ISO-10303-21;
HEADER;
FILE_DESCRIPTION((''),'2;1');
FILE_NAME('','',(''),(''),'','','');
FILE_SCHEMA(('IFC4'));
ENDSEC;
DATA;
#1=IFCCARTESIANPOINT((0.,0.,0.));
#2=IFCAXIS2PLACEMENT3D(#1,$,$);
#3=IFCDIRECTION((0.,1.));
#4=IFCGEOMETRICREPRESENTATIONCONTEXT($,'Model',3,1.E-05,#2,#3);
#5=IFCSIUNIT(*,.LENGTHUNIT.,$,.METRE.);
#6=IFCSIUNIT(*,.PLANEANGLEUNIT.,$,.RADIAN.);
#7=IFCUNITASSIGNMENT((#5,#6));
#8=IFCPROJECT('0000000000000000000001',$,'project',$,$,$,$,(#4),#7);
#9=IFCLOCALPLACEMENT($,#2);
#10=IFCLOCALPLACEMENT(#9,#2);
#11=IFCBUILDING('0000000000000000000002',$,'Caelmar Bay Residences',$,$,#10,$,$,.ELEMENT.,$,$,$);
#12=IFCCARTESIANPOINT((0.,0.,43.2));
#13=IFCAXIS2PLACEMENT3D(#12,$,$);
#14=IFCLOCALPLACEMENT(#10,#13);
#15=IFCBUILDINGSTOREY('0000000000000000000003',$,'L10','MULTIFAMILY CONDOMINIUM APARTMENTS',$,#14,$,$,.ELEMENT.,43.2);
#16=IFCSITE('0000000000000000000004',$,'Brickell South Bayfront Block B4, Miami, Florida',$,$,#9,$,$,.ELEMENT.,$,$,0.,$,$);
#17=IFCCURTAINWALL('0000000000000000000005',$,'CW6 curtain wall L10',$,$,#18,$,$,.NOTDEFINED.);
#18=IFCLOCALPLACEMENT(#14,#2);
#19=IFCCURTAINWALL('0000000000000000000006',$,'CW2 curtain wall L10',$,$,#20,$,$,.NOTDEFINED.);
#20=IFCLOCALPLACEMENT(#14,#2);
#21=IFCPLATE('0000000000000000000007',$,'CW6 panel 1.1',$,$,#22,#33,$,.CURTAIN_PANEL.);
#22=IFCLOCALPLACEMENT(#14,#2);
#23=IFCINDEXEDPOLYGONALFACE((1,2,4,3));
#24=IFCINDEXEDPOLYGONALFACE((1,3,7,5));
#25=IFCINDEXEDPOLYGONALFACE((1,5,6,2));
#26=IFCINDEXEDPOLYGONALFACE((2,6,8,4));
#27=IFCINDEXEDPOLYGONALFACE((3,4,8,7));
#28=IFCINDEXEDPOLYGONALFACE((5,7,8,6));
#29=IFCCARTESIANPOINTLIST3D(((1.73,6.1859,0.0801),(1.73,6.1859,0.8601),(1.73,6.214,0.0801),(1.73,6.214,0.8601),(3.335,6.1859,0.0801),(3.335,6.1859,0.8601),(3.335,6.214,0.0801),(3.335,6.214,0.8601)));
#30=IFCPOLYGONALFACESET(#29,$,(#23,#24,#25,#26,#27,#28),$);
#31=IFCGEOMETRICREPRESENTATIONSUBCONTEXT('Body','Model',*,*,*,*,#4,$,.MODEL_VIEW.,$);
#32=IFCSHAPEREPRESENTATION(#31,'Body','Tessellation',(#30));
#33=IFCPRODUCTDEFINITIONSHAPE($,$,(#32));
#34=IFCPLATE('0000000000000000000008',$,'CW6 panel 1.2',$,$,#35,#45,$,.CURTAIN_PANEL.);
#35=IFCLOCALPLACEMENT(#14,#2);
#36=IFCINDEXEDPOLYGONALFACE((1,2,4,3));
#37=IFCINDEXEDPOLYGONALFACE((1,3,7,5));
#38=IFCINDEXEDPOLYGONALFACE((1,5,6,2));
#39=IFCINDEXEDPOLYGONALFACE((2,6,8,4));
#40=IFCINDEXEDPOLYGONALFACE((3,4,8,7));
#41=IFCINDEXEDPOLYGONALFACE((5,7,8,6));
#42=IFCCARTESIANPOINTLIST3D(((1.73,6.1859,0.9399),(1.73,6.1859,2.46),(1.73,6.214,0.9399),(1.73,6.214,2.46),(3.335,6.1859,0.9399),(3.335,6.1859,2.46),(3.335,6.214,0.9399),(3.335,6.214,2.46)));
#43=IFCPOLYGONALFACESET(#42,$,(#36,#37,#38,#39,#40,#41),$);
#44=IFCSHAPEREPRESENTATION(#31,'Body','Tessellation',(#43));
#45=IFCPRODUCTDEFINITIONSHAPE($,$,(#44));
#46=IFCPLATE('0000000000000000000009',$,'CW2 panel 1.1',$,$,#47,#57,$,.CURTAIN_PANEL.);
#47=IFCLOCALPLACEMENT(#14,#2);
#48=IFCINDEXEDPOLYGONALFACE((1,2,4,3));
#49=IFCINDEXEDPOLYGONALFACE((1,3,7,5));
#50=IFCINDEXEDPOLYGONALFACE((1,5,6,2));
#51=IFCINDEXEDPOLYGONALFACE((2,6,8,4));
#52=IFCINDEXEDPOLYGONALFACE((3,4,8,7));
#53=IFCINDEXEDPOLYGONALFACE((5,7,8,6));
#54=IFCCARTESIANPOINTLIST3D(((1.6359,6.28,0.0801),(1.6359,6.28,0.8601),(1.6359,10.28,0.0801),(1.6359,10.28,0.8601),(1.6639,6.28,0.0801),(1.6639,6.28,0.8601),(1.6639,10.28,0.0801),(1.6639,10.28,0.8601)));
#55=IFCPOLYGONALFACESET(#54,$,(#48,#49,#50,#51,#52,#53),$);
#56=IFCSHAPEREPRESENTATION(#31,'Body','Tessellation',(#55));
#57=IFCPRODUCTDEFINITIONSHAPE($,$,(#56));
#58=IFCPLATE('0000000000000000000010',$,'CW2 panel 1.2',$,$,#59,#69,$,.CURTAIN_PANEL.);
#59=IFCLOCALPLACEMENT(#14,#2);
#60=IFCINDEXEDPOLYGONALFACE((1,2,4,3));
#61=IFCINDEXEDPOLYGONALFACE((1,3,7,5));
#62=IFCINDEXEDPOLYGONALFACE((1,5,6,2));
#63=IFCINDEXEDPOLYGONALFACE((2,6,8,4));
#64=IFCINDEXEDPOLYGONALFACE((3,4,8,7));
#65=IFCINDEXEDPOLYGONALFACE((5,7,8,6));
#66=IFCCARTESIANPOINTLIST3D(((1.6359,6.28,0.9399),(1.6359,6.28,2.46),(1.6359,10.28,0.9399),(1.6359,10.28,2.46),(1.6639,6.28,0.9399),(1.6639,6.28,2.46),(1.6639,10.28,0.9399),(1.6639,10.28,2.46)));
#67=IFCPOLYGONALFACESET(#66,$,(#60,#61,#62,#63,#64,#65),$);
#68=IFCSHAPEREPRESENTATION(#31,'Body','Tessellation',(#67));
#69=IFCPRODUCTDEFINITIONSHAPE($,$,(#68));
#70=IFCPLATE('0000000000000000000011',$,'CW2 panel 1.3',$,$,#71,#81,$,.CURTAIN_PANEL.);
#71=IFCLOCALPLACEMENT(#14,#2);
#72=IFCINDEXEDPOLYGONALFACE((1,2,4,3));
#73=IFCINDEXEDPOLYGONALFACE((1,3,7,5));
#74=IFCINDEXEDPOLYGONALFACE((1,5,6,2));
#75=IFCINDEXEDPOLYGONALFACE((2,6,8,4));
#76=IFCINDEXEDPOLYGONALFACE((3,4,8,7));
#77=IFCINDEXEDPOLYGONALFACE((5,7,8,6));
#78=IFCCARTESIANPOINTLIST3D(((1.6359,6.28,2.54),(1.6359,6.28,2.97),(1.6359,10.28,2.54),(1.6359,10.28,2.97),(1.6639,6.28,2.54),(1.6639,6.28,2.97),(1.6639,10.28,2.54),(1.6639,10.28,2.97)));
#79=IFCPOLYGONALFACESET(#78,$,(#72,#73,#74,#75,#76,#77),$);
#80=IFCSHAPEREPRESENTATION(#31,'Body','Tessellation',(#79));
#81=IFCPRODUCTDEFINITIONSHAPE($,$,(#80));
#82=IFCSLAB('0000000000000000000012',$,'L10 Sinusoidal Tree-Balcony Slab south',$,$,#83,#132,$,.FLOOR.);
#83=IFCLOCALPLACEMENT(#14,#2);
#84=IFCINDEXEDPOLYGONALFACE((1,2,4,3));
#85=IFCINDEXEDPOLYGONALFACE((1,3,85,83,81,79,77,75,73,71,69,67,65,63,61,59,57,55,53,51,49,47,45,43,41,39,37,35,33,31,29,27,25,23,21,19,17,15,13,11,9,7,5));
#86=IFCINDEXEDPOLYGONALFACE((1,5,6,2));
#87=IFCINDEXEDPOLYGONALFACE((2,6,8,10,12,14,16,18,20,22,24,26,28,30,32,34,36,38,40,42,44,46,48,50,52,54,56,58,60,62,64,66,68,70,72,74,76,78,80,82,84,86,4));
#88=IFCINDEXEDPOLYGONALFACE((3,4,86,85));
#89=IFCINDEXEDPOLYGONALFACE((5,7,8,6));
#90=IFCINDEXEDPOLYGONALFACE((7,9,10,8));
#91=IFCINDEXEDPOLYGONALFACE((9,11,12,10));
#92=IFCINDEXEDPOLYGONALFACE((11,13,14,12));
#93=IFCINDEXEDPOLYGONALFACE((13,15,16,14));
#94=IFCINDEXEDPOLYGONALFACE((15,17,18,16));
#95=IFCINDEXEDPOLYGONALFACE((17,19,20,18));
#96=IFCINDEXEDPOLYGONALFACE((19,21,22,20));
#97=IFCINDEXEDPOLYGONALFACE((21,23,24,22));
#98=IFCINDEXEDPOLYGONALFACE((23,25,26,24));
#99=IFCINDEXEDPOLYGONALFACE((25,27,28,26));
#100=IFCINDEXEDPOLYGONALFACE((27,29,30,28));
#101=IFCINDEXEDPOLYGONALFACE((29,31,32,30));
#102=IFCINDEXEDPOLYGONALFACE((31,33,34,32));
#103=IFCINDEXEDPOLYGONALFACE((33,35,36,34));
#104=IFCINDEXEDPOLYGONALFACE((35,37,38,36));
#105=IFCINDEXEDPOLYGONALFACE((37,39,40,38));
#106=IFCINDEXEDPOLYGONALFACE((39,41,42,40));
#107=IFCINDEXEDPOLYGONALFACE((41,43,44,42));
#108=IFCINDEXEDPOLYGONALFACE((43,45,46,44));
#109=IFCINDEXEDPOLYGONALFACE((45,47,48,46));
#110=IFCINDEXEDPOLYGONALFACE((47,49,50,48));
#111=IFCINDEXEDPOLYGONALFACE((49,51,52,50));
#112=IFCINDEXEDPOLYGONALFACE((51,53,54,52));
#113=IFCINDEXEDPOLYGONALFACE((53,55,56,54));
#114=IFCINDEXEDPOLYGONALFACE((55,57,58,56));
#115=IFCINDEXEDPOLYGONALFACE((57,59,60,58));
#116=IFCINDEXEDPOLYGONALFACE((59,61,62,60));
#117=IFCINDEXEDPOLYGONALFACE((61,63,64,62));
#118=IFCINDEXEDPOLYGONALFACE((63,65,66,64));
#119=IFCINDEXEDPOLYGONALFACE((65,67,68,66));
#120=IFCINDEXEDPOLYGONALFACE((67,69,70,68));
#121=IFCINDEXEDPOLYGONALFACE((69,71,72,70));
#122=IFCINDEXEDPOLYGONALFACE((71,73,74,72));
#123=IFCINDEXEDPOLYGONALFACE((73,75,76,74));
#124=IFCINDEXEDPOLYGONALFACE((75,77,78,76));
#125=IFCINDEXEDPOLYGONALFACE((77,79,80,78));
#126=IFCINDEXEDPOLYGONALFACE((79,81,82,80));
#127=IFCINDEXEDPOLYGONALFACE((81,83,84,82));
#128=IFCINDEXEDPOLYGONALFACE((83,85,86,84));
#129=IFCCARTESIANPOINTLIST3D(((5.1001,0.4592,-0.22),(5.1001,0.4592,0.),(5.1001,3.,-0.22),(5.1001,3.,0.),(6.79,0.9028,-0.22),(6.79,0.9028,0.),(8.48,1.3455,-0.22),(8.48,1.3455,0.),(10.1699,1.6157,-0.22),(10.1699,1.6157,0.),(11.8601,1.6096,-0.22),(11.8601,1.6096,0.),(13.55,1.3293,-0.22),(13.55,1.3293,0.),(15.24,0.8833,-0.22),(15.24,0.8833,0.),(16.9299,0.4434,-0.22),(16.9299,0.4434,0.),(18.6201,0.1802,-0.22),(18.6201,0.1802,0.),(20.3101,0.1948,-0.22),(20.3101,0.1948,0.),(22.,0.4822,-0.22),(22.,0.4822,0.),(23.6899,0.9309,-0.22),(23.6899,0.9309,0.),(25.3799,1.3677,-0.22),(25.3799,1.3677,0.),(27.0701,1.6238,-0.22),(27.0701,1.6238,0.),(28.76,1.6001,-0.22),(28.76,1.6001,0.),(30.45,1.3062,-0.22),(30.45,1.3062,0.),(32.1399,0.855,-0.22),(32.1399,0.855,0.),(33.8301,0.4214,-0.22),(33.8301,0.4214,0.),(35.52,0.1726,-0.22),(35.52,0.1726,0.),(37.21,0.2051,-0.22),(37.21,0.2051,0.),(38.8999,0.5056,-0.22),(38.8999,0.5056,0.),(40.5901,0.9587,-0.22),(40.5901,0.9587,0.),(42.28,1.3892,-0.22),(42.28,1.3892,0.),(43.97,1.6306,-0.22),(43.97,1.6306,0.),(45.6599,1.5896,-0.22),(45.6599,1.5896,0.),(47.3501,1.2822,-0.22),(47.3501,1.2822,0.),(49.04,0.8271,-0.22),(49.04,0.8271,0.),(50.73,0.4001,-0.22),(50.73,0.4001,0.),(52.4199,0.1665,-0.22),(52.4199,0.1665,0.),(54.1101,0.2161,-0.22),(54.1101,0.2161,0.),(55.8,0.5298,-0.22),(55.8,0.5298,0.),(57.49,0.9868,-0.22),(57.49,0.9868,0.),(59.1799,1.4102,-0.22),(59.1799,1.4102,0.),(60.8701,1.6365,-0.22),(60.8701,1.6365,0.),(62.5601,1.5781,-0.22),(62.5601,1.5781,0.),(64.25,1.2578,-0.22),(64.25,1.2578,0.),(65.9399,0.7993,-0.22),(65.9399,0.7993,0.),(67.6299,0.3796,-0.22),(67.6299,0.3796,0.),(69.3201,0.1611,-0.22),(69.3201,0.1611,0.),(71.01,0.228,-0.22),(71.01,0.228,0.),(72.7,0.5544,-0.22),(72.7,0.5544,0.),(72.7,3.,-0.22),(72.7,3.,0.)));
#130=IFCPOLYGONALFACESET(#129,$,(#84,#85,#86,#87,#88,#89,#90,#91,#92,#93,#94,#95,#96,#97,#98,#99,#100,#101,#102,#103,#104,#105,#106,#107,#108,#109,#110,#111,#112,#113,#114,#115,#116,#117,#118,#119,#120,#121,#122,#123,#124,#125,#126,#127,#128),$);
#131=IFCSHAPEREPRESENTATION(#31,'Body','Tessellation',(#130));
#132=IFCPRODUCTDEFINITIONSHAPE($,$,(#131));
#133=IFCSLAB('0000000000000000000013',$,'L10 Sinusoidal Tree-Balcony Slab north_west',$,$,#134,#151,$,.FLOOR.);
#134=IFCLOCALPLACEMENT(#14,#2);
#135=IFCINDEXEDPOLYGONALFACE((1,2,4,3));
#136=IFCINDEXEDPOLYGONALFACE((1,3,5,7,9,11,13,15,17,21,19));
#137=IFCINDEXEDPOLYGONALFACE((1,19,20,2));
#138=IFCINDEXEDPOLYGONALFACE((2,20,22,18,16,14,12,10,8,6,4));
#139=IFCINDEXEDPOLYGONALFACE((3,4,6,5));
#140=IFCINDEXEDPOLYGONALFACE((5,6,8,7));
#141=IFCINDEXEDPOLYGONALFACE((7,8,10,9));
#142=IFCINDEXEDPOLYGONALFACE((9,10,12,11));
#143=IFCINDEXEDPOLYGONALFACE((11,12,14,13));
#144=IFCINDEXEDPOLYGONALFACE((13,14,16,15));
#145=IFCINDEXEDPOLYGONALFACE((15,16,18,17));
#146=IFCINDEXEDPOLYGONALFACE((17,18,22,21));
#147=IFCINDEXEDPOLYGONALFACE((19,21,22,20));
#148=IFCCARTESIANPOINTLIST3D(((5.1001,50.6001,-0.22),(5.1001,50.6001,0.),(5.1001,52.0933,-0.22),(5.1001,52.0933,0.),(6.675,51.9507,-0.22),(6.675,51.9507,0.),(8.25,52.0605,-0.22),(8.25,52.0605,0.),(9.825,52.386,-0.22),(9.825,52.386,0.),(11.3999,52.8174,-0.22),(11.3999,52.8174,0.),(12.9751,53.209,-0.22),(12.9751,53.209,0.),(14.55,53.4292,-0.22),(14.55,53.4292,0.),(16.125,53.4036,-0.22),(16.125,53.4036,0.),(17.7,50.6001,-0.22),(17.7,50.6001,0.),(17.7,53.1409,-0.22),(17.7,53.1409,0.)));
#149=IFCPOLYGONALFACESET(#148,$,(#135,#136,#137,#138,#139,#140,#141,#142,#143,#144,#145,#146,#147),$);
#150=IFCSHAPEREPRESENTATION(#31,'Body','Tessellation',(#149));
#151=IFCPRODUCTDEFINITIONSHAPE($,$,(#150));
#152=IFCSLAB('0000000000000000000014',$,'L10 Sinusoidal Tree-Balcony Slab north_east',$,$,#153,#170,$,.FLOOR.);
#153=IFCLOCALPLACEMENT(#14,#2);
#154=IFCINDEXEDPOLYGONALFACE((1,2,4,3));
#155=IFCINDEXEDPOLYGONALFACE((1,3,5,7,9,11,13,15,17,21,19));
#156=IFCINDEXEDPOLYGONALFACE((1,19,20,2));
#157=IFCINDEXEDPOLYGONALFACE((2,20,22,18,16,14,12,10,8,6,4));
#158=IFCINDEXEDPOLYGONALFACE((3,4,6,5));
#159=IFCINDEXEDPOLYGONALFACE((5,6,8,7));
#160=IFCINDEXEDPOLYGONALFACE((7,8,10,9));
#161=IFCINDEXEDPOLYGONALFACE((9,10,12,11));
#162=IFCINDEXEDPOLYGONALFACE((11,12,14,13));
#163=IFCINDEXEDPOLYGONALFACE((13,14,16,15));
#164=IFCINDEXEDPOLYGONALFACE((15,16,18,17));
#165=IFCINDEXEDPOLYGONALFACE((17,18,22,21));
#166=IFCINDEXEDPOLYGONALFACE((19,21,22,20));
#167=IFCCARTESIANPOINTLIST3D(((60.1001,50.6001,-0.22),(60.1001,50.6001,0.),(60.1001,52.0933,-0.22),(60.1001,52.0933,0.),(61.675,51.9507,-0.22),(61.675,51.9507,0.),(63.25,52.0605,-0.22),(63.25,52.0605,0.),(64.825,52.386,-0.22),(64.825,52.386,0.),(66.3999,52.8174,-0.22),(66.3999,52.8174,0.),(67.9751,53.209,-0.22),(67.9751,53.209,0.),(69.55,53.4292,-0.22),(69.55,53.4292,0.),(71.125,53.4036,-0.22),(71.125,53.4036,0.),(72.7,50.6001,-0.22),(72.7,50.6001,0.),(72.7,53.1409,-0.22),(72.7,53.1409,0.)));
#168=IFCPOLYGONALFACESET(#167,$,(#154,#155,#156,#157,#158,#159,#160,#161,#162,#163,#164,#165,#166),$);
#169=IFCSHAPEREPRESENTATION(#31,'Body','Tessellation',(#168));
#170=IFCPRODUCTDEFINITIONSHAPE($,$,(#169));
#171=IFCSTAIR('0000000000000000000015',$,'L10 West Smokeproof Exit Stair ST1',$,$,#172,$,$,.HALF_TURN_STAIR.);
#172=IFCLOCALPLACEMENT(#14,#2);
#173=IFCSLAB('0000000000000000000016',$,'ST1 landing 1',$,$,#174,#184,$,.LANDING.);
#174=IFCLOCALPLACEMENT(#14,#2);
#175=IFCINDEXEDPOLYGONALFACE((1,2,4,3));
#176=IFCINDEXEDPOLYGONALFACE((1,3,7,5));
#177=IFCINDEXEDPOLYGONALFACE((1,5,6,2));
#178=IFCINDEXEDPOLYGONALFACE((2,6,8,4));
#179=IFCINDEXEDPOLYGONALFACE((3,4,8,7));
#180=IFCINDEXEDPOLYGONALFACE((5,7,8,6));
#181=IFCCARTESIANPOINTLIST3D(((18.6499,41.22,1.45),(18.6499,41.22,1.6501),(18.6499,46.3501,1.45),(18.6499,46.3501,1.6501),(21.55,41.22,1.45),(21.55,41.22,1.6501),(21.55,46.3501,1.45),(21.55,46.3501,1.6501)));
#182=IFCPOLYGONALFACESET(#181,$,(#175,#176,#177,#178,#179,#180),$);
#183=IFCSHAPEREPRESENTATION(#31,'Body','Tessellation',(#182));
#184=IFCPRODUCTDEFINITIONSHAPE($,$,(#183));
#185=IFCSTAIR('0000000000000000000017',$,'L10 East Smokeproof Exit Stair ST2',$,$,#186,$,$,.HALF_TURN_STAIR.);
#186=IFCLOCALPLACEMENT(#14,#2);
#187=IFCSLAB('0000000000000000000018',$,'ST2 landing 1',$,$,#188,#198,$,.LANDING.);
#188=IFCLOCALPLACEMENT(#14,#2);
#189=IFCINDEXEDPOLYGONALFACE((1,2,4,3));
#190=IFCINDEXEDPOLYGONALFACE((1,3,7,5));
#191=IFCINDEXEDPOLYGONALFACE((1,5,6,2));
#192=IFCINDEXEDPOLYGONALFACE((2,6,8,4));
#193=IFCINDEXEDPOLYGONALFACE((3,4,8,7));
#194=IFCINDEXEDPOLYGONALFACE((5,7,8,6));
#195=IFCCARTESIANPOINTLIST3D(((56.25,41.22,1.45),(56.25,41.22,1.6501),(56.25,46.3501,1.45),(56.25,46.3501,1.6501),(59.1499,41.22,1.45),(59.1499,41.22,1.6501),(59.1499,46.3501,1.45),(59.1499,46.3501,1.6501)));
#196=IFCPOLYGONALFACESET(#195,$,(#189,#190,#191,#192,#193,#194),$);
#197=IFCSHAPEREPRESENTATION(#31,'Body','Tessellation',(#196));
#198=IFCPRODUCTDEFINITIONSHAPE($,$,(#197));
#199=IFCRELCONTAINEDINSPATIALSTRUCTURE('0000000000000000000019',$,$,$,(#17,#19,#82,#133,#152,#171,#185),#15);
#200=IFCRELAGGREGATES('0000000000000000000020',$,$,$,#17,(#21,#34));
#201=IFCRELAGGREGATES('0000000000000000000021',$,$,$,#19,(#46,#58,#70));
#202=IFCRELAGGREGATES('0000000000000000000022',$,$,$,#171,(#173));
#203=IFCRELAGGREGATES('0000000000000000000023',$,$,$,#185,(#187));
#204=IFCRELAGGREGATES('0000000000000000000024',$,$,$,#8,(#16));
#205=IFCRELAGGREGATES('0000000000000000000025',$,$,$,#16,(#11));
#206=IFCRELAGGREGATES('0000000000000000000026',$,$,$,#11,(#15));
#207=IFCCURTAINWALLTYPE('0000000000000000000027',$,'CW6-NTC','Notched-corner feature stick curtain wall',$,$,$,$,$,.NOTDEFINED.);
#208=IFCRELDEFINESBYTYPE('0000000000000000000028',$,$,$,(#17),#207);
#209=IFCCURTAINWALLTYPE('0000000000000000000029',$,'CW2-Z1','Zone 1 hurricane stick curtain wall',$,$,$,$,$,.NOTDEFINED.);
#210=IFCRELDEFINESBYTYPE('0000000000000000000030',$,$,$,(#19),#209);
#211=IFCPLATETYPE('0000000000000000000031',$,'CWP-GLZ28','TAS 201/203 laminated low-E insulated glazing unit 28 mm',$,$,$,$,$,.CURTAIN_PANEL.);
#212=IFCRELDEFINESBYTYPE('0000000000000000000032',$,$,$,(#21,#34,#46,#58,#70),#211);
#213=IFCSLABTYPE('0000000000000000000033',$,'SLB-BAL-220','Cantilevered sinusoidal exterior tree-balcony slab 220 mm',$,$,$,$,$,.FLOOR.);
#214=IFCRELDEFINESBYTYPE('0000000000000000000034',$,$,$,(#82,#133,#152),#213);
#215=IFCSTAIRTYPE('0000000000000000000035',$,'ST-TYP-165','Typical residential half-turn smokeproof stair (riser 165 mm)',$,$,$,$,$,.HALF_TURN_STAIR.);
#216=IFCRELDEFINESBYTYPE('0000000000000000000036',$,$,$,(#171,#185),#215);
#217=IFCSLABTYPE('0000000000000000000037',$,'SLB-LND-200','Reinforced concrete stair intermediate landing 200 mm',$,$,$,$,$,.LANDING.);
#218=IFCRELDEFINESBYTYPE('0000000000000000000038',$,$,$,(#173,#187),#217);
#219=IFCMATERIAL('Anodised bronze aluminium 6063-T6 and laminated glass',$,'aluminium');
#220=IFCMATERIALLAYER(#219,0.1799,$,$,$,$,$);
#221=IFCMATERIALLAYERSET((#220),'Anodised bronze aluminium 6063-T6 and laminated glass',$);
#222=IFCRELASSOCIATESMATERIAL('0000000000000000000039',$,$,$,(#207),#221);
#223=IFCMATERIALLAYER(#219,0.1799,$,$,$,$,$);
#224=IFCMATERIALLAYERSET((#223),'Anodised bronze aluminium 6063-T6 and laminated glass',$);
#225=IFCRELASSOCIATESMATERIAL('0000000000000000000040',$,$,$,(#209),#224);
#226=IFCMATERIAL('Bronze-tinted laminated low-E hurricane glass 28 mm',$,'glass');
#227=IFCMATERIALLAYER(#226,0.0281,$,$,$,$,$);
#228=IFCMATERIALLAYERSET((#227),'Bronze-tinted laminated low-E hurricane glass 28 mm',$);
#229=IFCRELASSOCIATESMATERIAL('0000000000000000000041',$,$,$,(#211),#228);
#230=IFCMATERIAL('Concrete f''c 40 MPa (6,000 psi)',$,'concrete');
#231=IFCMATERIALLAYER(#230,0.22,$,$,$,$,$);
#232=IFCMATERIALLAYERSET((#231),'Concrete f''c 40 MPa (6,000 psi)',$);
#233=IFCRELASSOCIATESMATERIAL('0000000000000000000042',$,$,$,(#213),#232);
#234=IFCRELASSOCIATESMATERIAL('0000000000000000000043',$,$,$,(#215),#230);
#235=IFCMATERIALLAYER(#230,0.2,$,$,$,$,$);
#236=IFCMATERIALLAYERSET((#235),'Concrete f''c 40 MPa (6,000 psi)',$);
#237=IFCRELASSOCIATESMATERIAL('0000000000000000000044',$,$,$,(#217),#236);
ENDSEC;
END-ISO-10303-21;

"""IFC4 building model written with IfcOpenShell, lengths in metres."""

from ifc_helpers import new_model, si_unit, direction, frame, origin, origin_2d, place, context, subcontext, project, spatial, polyline, rectangle, outline, extrude, material, layer, layer_set, type_object, element, aggregate, save


model = new_model("IFC4")

# Units and contexts
model_context = context("Model", 3, precision=1e-05, world=origin(), true_north=direction((0.0, 1.0)))
body_context = subcontext(model_context, "Body", "Model", "MODEL_VIEW")
ifc_project = project(units=[si_unit("LENGTHUNIT", "METRE"), si_unit("PLANEANGLEUNIT", "RADIAN")], contexts=[model_context])

# Site, building, storey
site_placement = place(None, origin())
site = spatial("IfcSite", under=ifc_project, at=site_placement, Name="Brickell South Bayfront Block B4, Miami, Florida", CompositionType="ELEMENT", RefElevation=0.0)
building_placement = place(site_placement, origin())
building = spatial("IfcBuilding", under=site, at=building_placement, Name="Caelmar Bay Residences", CompositionType="ELEMENT")
storey_placement = place(building_placement, frame((0.0, 0.0, 43.2)))
storey = spatial("IfcBuildingStorey", under=building, at=storey_placement, Name="L10", Description="MULTIFAMILY CONDOMINIUM APARTMENTS", CompositionType="ELEMENT", Elevation=43.2)

# Curtain wall
ifc_material_1 = material(Name="Anodised bronze aluminium 6063-T6 and laminated glass", Category="aluminium")
ifc_layer_1 = layer(ifc_material_1, 0.1799)
ifc_layer_set_1 = layer_set([ifc_layer_1], Name="Anodised bronze aluminium 6063-T6 and laminated glass")
curtain_wall_type_1 = type_object("IfcCurtainWallType", Name="CW6-NTC", Description="Notched-corner feature stick curtain wall", PredefinedType="NOTDEFINED", material=ifc_layer_set_1)
curtain_wall_1_placement = place(storey_placement, origin())
curtain_wall_1 = element("IfcCurtainWall", 1, at=curtain_wall_1_placement, inside=storey, type_object=curtain_wall_type_1, Name="CW6 curtain wall L10", PredefinedType="NOTDEFINED")

# Curtain wall
ifc_layer_2 = layer(ifc_material_1, 0.1799)
ifc_layer_set_2 = layer_set([ifc_layer_2], Name="Anodised bronze aluminium 6063-T6 and laminated glass")
curtain_wall_type_2 = type_object("IfcCurtainWallType", Name="CW2-Z1", Description="Zone 1 hurricane stick curtain wall", PredefinedType="NOTDEFINED", material=ifc_layer_set_2)
curtain_wall_2_placement = place(storey_placement, origin())
curtain_wall_2 = element("IfcCurtainWall", 2, at=curtain_wall_2_placement, inside=storey, type_object=curtain_wall_type_2, Name="CW2 curtain wall L10", PredefinedType="NOTDEFINED")

# Plates
ifc_material_2 = material(Name="Bronze-tinted laminated low-E hurricane glass 28 mm", Category="glass")
ifc_layer_3 = layer(ifc_material_2, 0.0281)
ifc_layer_set_3 = layer_set([ifc_layer_3], Name="Bronze-tinted laminated low-E hurricane glass 28 mm")
plate_type = type_object("IfcPlateType", Name="CWP-GLZ28", Description="TAS 201/203 laminated low-E insulated glazing unit 28 mm", PredefinedType="CURTAIN_PANEL", material=ifc_layer_set_3)
plate_1_placement = place(storey_placement, frame((2.5325, 6.2, 0.0801), z_axis=(0.0, 0.0, 1.0), x_axis=(1.0, 0.0, 0.0)))
plate_1 = element("IfcPlate", 3, at=plate_1_placement, type_object=plate_type, Name="CW6 panel 1.1", PredefinedType="CURTAIN_PANEL", context=body_context, shape_type="SweptSolid", body=[
    extrude(rectangle(XDim=1.605, YDim=0.0281, at=origin_2d()), origin(), (0.0, 0.0, 1.0), 0.78),
])
plate_2_placement = place(storey_placement, frame((2.5325, 6.2, 0.9399), z_axis=(0.0, 0.0, 1.0), x_axis=(1.0, 0.0, 0.0)))
plate_2 = element("IfcPlate", 4, at=plate_2_placement, type_object=plate_type, Name="CW6 panel 1.2", PredefinedType="CURTAIN_PANEL", context=body_context, shape_type="SweptSolid", body=[
    extrude(rectangle(XDim=1.605, YDim=0.0281, at=origin_2d()), origin(), (0.0, 0.0, 1.0), 1.52),
])
aggregate(curtain_wall_1, [plate_1, plate_2])
plate_3_placement = place(storey_placement, frame((1.6499, 8.28, 0.0801), z_axis=(0.0, 0.0, 1.0), x_axis=(0.0, 1.0, 0.0)))
plate_3 = element("IfcPlate", 5, at=plate_3_placement, type_object=plate_type, Name="CW2 panel 1.1", PredefinedType="CURTAIN_PANEL", context=body_context, shape_type="SweptSolid", body=[
    extrude(rectangle(XDim=4.0, YDim=0.0281, at=origin_2d()), origin(), (0.0, 0.0, 1.0), 0.78),
])
plate_4_placement = place(storey_placement, frame((1.6499, 8.28, 0.9399), z_axis=(0.0, 0.0, 1.0), x_axis=(0.0, 1.0, 0.0)))
plate_4 = element("IfcPlate", 6, at=plate_4_placement, type_object=plate_type, Name="CW2 panel 1.2", PredefinedType="CURTAIN_PANEL", context=body_context, shape_type="SweptSolid", body=[
    extrude(rectangle(XDim=4.0, YDim=0.0281, at=origin_2d()), origin(), (0.0, 0.0, 1.0), 1.52),
])
plate_5_placement = place(storey_placement, frame((1.6499, 8.28, 2.54), z_axis=(0.0, 0.0, 1.0), x_axis=(0.0, 1.0, 0.0)))
plate_5 = element("IfcPlate", 7, at=plate_5_placement, type_object=plate_type, Name="CW2 panel 1.3", PredefinedType="CURTAIN_PANEL", context=body_context, shape_type="SweptSolid", body=[
    extrude(rectangle(XDim=4.0, YDim=0.0281, at=origin_2d()), origin(), (0.0, 0.0, 1.0), 0.4299),
])
aggregate(curtain_wall_2, [plate_3, plate_4, plate_5])

# Slabs
ifc_material_3 = material(Name="Concrete f'c 40 MPa (6,000 psi)", Category="concrete")
ifc_layer_4 = layer(ifc_material_3, 0.22)
ifc_layer_set_4 = layer_set([ifc_layer_4], Name="Concrete f'c 40 MPa (6,000 psi)")
slab_type_1 = type_object("IfcSlabType", Name="SLB-BAL-220", Description="Cantilevered sinusoidal exterior tree-balcony slab 220 mm", PredefinedType="FLOOR", material=ifc_layer_set_4)
slab_1_placement = place(storey_placement, frame((0.0, 0.0, -0.22)))
element("IfcSlab", 8, at=slab_1_placement, inside=storey, type_object=slab_type_1, Name="L10 Sinusoidal Tree-Balcony Slab south", PredefinedType="FLOOR", context=body_context, shape_type="SweptSolid", body=[
    extrude(outline(polyline([(5.1001, 0.4592), (6.79, 0.9028), (8.48, 1.3455), (10.1699, 1.6157), (11.8601, 1.6096), (13.55, 1.3293), (15.24, 0.8833), (16.9299, 0.4434), (18.6201, 0.1802), (20.3101, 0.1948), (22.0, 0.4822), (23.6899, 0.9309), (25.3799, 1.3677), (27.0701, 1.6238), (28.76, 1.6001), (30.45, 1.3062), (32.1399, 0.855), (33.8301, 0.4214), (35.52, 0.1726), (37.21, 0.2051), (38.8999, 0.5056), (40.5901, 0.9587), (42.28, 1.3892), (43.97, 1.6306), (45.6599, 1.5896), (47.3501, 1.2822), (49.04, 0.8271), (50.73, 0.4001), (52.4199, 0.1665), (54.1101, 0.2161), (55.8, 0.5298), (57.49, 0.9868), (59.1799, 1.4102), (60.8701, 1.6365), (62.5601, 1.5781), (64.25, 1.2578), (65.9399, 0.7993), (67.6299, 0.3796), (69.3201, 0.1611), (71.01, 0.228), (72.7, 0.5544), (72.7, 3.0), (5.1001, 3.0), (5.1001, 0.4592)])), origin(), (0.0, 0.0, 1.0), 0.22),
])
slab_2_placement = place(storey_placement, frame((0.0, 0.0, -0.22)))
element("IfcSlab", 9, at=slab_2_placement, inside=storey, type_object=slab_type_1, Name="L10 Sinusoidal Tree-Balcony Slab north_west", PredefinedType="FLOOR", context=body_context, shape_type="SweptSolid", body=[
    extrude(outline(polyline([(5.1001, 50.6001), (17.7, 50.6001), (17.7, 53.1409), (16.125, 53.4036), (14.55, 53.4292), (12.9751, 53.209), (11.3999, 52.8174), (9.825, 52.386), (8.25, 52.0605), (6.675, 51.9507), (5.1001, 52.0933), (5.1001, 50.6001)])), origin(), (0.0, 0.0, 1.0), 0.22),
])
slab_3_placement = place(storey_placement, frame((0.0, 0.0, -0.22)))
element("IfcSlab", 10, at=slab_3_placement, inside=storey, type_object=slab_type_1, Name="L10 Sinusoidal Tree-Balcony Slab north_east", PredefinedType="FLOOR", context=body_context, shape_type="SweptSolid", body=[
    extrude(outline(polyline([(60.1001, 50.6001), (72.7, 50.6001), (72.7, 53.1409), (71.125, 53.4036), (69.55, 53.4292), (67.9751, 53.209), (66.3999, 52.8174), (64.825, 52.386), (63.25, 52.0605), (61.675, 51.9507), (60.1001, 52.0933), (60.1001, 50.6001)])), origin(), (0.0, 0.0, 1.0), 0.22),
])

# Stairs, slabs
stair_type = type_object("IfcStairType", Name="ST-TYP-165", Description="Typical residential half-turn smokeproof stair (riser 165 mm)", PredefinedType="HALF_TURN_STAIR", material=ifc_material_3)
stair_1_placement = place(storey_placement, origin())
stair_1 = element("IfcStair", 11, at=stair_1_placement, inside=storey, type_object=stair_type, Name="L10 West Smokeproof Exit Stair ST1", PredefinedType="HALF_TURN_STAIR")
ifc_layer_5 = layer(ifc_material_3, 0.2)
ifc_layer_set_5 = layer_set([ifc_layer_5], Name="Concrete f'c 40 MPa (6,000 psi)")
slab_type_2 = type_object("IfcSlabType", Name="SLB-LND-200", Description="Reinforced concrete stair intermediate landing 200 mm", PredefinedType="LANDING", material=ifc_layer_set_5)
slab_4_placement = place(storey_placement, frame((0.0, 0.0, 1.45)))
slab_4 = element("IfcSlab", 12, at=slab_4_placement, type_object=slab_type_2, Name="ST1 landing 1", PredefinedType="LANDING", context=body_context, shape_type="SweptSolid", body=[
    extrude(outline(polyline([(21.55, 41.22), (21.55, 46.3501), (18.6499, 46.3501), (18.6499, 41.22), (21.55, 41.22)])), origin(), (0.0, 0.0, 1.0), 0.2002),
])
aggregate(stair_1, [slab_4])
stair_2_placement = place(storey_placement, origin())
stair_2 = element("IfcStair", 13, at=stair_2_placement, inside=storey, type_object=stair_type, Name="L10 East Smokeproof Exit Stair ST2", PredefinedType="HALF_TURN_STAIR")
slab_5_placement = place(storey_placement, frame((0.0, 0.0, 1.45)))
slab_5 = element("IfcSlab", 14, at=slab_5_placement, type_object=slab_type_2, Name="ST2 landing 1", PredefinedType="LANDING", context=body_context, shape_type="SweptSolid", body=[
    extrude(outline(polyline([(59.1499, 41.22), (59.1499, 46.3501), (56.25, 46.3501), (56.25, 41.22), (59.1499, 41.22)])), origin(), (0.0, 0.0, 1.0), 0.2002),
])
aggregate(stair_2, [slab_5])

save(model, "model.ifc")
